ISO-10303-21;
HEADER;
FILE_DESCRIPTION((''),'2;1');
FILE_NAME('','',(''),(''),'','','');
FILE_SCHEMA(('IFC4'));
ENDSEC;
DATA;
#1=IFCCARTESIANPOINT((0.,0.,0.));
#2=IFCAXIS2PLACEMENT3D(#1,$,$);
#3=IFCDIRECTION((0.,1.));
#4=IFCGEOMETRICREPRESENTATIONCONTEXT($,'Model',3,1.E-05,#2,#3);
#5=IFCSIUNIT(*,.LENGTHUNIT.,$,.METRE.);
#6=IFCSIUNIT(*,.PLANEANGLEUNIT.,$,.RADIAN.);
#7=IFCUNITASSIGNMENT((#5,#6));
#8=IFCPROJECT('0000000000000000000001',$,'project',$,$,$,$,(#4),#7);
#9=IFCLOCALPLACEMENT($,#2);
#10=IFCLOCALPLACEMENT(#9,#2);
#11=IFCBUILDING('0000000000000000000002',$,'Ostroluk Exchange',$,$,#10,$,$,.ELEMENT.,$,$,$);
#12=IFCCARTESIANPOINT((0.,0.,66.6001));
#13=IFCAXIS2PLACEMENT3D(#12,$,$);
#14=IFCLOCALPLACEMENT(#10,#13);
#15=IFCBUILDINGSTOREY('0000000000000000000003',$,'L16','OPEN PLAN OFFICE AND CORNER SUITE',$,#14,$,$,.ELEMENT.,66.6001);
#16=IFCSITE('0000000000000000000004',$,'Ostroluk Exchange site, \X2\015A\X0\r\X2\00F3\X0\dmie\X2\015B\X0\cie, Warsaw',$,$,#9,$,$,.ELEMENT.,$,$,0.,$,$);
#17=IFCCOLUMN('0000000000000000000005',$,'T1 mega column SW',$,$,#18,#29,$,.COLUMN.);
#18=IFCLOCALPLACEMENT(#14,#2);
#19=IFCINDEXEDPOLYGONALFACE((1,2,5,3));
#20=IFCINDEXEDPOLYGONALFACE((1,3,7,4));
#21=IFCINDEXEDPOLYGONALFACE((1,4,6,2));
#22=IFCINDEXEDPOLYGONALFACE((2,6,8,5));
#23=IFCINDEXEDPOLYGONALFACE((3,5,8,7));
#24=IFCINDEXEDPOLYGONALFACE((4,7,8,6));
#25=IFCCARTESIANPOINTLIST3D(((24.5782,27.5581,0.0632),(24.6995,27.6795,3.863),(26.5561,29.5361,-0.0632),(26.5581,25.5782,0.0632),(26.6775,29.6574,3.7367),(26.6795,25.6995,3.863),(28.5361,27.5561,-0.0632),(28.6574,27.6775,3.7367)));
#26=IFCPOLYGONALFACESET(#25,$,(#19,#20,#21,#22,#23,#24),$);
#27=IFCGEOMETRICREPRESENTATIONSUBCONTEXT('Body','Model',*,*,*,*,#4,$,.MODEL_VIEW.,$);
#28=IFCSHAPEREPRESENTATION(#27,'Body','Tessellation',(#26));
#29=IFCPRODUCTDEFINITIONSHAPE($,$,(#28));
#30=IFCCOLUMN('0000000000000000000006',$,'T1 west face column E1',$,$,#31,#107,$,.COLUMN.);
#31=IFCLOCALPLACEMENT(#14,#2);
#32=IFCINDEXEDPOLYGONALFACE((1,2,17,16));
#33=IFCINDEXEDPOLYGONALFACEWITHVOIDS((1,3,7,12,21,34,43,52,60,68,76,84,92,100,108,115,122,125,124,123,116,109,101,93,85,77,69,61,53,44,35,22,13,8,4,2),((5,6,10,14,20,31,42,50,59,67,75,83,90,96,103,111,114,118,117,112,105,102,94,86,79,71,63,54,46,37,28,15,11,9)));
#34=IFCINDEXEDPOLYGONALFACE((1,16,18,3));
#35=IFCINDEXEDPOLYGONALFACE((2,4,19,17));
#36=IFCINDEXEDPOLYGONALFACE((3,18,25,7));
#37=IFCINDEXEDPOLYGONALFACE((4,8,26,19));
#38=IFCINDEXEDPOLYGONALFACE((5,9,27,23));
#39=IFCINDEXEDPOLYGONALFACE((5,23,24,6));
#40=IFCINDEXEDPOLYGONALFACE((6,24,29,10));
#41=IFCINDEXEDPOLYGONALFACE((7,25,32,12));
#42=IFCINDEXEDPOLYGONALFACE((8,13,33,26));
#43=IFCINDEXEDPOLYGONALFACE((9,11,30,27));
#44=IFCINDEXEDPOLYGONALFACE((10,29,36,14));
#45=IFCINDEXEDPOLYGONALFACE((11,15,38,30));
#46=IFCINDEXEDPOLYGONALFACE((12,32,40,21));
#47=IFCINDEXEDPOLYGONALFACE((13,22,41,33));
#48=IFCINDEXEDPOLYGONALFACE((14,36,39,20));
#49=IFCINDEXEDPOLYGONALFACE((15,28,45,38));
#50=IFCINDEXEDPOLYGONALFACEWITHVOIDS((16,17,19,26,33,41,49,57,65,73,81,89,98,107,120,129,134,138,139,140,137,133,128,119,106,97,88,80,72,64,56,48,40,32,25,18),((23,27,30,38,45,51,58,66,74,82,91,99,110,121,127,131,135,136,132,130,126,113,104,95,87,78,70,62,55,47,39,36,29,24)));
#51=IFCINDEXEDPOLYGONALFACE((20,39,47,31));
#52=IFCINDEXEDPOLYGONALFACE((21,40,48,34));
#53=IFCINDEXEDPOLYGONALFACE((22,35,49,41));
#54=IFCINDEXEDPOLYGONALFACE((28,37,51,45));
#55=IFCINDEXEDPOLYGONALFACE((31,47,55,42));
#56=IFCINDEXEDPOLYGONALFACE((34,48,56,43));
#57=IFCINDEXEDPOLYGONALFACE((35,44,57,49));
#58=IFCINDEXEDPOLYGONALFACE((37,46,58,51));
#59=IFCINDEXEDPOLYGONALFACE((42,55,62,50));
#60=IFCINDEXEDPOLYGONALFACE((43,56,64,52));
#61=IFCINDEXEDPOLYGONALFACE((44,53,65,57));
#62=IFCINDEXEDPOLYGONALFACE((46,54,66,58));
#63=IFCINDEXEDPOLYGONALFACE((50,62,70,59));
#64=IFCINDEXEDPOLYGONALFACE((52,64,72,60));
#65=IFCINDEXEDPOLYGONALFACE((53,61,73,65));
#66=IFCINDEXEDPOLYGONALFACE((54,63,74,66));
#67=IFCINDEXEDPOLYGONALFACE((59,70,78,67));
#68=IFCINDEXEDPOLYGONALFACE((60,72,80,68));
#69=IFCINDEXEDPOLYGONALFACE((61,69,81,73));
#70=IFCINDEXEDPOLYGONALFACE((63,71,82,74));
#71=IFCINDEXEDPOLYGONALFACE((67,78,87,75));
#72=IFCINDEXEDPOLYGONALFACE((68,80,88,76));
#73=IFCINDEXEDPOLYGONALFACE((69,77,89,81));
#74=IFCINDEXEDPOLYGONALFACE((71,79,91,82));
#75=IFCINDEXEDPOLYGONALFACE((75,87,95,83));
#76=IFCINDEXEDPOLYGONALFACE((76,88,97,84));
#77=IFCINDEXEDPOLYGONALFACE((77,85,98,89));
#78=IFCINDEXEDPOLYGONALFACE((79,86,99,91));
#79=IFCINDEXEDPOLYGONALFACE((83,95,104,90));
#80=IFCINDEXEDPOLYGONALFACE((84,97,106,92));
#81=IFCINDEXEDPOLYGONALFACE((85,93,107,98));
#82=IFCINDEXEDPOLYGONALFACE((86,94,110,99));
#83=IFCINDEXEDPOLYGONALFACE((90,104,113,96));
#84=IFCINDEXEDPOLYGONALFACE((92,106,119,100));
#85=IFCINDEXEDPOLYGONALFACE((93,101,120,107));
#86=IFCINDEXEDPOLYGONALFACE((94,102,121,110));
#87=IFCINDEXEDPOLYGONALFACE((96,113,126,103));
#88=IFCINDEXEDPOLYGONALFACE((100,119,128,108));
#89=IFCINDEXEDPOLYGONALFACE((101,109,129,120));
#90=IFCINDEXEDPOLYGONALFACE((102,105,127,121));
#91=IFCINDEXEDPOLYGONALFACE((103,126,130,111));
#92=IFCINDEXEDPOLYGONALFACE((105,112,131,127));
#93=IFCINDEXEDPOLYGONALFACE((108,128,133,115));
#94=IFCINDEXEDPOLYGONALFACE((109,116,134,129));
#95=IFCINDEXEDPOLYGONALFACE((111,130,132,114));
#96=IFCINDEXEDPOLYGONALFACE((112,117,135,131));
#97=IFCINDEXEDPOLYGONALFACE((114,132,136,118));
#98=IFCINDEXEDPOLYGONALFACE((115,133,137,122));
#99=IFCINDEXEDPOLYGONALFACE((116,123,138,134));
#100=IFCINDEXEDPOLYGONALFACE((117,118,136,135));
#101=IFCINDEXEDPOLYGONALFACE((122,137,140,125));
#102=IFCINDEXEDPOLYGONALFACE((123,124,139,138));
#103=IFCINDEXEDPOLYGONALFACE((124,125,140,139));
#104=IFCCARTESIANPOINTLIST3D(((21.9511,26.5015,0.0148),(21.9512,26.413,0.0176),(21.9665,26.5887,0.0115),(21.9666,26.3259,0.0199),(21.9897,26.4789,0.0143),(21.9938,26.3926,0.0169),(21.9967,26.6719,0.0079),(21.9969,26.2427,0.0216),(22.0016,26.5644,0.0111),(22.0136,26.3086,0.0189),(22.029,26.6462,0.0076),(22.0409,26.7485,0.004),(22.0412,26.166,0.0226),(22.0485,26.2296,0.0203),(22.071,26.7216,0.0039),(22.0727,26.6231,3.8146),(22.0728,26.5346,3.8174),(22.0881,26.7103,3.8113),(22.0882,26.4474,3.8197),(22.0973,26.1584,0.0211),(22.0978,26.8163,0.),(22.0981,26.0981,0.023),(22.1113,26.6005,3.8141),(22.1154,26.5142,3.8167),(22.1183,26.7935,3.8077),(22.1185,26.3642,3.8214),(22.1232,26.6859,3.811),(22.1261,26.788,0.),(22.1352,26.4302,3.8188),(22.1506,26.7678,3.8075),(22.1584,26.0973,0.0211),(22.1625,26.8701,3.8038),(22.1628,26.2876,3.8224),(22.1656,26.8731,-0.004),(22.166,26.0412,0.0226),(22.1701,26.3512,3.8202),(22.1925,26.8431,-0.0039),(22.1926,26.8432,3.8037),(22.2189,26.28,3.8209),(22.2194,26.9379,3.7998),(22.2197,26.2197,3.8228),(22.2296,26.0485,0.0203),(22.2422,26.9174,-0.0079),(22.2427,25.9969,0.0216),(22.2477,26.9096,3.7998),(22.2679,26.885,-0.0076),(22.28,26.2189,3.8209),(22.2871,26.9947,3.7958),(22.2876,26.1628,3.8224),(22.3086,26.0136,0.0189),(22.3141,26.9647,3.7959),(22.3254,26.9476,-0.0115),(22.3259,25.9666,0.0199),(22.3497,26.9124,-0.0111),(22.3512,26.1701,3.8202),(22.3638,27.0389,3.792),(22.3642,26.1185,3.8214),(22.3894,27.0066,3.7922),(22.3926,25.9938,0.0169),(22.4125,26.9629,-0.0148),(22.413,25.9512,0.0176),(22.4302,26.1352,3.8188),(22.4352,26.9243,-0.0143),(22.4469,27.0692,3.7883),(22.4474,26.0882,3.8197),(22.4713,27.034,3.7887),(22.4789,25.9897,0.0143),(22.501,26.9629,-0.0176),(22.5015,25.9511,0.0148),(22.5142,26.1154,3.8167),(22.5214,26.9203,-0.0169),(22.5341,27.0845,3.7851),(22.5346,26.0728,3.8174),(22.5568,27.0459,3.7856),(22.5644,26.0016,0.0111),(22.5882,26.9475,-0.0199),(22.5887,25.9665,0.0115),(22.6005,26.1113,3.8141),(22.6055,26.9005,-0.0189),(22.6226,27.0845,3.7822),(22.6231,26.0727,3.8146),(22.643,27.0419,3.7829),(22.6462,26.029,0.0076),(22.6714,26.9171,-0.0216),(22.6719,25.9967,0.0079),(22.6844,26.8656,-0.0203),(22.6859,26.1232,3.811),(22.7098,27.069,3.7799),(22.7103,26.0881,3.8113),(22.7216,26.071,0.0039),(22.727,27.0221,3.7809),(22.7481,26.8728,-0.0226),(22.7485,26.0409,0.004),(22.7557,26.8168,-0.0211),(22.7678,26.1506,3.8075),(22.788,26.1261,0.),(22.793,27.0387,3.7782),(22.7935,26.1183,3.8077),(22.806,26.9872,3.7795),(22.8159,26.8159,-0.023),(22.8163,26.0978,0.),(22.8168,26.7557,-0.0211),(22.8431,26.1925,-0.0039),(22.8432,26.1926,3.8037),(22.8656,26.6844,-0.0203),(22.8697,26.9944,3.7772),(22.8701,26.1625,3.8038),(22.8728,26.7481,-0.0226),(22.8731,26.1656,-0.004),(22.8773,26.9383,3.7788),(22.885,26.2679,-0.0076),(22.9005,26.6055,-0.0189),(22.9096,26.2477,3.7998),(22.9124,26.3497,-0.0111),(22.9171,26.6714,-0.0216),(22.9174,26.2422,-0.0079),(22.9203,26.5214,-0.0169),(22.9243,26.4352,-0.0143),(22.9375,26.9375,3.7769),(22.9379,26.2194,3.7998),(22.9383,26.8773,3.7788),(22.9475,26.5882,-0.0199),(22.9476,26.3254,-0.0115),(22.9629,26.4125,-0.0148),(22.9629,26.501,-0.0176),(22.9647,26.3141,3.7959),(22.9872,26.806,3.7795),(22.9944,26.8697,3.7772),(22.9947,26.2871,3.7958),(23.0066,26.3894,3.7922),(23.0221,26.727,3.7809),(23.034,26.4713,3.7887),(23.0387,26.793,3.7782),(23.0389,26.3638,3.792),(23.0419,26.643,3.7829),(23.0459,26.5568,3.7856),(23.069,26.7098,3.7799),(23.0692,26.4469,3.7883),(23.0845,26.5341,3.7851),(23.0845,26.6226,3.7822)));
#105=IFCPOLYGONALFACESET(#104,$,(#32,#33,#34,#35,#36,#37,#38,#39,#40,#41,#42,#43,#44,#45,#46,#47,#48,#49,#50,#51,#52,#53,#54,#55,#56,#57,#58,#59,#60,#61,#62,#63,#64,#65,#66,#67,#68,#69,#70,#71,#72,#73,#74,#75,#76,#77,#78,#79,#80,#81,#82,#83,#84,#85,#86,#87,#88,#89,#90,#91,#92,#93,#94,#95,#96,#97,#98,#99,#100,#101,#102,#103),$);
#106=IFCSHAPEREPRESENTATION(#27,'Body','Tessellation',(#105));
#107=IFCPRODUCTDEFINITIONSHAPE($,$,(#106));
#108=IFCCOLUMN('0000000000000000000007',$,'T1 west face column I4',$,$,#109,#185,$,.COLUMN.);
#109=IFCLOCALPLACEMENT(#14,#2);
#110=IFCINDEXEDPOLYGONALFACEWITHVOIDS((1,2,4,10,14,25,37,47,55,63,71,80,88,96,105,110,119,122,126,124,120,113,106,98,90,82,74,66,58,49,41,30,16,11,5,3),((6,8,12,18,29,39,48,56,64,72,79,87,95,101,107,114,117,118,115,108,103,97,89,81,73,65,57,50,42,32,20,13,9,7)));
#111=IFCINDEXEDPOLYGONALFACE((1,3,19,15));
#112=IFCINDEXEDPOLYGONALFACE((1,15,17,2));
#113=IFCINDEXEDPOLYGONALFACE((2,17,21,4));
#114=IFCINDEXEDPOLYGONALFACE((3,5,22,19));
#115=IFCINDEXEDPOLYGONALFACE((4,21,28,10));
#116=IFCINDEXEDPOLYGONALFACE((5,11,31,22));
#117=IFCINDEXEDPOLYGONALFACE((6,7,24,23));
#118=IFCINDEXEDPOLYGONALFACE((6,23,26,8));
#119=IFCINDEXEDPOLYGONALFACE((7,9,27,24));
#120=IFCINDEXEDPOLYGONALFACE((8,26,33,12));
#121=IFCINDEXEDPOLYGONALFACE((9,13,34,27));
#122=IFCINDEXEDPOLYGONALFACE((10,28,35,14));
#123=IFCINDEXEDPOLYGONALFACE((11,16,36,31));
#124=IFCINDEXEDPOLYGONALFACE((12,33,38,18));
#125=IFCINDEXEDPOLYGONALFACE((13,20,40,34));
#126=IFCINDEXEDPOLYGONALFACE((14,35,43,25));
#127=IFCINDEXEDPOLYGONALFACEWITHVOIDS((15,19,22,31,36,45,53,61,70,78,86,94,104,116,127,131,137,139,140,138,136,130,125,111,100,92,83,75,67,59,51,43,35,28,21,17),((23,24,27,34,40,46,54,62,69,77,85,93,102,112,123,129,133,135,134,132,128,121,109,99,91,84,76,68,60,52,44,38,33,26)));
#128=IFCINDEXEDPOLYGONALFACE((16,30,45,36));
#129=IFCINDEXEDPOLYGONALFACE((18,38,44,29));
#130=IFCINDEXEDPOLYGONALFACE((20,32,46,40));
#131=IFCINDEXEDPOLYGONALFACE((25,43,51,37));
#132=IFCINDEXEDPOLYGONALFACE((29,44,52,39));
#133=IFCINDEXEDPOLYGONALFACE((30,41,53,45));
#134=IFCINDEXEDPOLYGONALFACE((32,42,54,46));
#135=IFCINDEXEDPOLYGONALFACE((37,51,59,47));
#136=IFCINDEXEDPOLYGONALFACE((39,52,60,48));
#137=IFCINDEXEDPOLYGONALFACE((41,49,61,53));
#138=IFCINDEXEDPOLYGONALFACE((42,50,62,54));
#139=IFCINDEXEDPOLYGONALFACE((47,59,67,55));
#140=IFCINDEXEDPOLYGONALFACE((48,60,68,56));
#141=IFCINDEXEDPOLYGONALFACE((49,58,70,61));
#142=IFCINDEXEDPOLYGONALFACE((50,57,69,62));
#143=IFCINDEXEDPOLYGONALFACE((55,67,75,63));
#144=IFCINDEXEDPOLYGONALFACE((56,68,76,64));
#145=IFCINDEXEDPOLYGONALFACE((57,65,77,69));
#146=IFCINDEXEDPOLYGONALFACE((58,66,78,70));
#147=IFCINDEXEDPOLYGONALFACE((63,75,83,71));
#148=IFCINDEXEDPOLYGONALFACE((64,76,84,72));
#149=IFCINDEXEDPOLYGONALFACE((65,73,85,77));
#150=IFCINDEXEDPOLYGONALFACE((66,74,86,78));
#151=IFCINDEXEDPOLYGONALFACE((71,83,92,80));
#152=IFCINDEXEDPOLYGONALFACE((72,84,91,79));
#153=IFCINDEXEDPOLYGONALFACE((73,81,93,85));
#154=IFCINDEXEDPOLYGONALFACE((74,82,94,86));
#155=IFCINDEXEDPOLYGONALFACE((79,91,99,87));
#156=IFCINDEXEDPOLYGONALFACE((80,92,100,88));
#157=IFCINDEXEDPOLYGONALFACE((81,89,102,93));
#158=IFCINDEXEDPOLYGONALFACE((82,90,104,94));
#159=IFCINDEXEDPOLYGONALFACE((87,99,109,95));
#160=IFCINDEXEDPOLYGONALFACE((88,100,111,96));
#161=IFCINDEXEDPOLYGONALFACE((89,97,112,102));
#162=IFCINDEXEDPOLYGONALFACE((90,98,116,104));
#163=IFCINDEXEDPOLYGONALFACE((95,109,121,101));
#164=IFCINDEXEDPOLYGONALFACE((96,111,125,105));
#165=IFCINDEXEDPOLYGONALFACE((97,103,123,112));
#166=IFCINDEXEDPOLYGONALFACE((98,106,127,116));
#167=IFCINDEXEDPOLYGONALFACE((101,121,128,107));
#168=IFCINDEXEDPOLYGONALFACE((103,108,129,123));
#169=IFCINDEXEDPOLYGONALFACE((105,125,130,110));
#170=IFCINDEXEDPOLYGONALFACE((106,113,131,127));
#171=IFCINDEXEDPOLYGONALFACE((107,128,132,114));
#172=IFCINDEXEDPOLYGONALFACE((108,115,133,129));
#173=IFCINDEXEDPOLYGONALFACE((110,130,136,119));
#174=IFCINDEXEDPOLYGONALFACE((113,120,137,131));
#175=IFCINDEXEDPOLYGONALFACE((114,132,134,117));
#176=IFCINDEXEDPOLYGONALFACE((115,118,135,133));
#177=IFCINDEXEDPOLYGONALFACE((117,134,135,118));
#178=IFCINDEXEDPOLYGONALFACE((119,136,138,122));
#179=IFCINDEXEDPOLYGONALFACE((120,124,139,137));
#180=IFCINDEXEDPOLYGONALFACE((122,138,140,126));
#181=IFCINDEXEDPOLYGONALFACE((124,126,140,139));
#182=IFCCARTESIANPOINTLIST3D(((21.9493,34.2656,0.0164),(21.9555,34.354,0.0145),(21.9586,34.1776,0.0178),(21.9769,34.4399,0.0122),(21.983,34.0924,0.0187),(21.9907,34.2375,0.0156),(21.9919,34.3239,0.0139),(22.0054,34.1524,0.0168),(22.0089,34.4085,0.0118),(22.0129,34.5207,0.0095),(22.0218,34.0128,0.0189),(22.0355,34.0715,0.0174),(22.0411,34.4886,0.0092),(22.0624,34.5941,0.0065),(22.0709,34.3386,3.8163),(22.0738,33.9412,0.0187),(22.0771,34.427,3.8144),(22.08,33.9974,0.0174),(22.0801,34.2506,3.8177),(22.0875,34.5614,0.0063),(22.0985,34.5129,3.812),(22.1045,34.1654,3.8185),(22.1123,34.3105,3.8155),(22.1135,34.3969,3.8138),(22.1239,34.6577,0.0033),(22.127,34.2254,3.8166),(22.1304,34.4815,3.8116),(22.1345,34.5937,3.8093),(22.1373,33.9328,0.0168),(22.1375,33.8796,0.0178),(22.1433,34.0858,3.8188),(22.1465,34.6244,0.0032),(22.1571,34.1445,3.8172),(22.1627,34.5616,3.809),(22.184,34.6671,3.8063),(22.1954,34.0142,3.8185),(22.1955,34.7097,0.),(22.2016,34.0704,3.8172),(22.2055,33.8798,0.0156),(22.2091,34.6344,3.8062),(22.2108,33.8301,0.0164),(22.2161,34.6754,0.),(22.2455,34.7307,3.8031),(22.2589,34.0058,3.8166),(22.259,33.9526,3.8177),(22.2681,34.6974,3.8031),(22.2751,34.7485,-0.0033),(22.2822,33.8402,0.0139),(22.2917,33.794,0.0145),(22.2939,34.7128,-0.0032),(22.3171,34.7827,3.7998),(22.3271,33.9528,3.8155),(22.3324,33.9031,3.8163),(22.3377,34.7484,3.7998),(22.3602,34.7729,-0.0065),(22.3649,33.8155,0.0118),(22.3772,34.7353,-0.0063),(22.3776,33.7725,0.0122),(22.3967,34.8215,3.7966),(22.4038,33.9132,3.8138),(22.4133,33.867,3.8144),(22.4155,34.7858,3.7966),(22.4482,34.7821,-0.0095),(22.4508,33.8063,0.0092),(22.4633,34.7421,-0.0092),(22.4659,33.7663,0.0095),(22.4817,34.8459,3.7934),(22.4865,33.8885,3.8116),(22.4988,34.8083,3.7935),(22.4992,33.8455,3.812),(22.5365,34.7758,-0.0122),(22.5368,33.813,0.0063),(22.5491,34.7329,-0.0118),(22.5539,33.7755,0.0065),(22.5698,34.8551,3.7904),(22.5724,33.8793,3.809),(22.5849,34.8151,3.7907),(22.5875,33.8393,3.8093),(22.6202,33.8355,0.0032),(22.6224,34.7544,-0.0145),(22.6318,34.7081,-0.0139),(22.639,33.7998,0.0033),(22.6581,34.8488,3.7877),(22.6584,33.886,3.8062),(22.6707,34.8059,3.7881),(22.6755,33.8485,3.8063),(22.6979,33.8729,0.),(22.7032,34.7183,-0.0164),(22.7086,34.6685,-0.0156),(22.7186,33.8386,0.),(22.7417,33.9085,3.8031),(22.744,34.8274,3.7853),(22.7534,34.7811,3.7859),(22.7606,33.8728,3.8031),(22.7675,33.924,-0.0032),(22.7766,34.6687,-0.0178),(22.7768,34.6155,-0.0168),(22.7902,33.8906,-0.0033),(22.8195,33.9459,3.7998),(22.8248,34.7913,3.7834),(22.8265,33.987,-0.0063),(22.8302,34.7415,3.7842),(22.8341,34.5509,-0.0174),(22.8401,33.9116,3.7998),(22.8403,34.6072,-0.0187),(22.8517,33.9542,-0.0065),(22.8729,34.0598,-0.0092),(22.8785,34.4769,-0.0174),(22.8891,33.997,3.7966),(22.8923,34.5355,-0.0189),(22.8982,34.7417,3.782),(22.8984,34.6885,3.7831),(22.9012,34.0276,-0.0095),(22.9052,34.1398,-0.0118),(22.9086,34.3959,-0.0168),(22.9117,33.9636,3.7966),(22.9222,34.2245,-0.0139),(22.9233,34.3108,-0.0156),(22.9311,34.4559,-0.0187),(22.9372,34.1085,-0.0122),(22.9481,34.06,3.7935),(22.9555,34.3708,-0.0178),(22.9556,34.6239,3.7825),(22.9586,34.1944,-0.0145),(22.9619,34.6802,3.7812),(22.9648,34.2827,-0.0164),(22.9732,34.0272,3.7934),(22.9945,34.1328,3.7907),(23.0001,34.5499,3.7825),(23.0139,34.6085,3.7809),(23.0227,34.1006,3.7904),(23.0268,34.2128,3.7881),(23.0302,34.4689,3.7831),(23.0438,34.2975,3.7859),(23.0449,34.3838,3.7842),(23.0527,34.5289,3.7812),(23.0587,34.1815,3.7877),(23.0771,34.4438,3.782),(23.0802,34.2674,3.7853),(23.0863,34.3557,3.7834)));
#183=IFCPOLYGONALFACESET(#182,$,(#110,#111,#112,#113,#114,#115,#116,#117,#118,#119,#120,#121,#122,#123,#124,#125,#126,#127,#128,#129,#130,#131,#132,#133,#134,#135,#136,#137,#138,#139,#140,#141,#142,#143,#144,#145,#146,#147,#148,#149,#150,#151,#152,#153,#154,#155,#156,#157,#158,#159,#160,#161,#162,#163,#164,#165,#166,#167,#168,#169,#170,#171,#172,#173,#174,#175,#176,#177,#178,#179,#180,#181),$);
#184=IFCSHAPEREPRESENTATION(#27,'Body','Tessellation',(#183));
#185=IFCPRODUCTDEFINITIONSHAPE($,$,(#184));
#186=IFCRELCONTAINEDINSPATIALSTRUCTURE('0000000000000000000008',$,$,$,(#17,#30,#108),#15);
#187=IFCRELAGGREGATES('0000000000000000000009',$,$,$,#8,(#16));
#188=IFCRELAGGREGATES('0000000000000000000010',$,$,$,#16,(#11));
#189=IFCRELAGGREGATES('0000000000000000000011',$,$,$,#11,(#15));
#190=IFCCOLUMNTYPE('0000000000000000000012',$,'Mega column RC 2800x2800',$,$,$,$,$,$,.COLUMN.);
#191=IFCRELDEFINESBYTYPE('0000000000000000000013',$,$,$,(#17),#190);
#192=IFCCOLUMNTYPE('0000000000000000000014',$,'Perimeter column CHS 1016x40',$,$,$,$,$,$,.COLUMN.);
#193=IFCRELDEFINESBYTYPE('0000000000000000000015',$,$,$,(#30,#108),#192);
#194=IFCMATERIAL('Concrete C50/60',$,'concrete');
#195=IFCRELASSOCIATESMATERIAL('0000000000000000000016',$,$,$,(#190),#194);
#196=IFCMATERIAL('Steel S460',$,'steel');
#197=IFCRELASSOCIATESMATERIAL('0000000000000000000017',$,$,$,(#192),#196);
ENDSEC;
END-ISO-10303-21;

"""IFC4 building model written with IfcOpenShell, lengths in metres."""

from ifc_helpers import new_model, si_unit, direction, frame, origin, origin_2d, place, context, subcontext, project, spatial, rectangle, hollow_circle, extrude, material, material_profile, profile_set, type_object, element, save


model = new_model("IFC4")

# Units and contexts
model_context = context("Model", 3, precision=1e-05, world=origin(), true_north=direction((0.0, 1.0)))
body_context = subcontext(model_context, "Body", "Model", "MODEL_VIEW")
ifc_project = project(units=[si_unit("LENGTHUNIT", "METRE"), si_unit("PLANEANGLEUNIT", "RADIAN")], contexts=[model_context])

# Site, building, storey
site_placement = place(None, origin())
site = spatial("IfcSite", under=ifc_project, at=site_placement, Name="Ostroluk Exchange site, Śródmieście, Warsaw", CompositionType="ELEMENT", RefElevation=0.0)
building_placement = place(site_placement, origin())
building = spatial("IfcBuilding", under=site, at=building_placement, Name="Ostroluk Exchange", CompositionType="ELEMENT")
storey_placement = place(building_placement, frame((0.0, 0.0, 66.6001)))
storey = spatial("IfcBuildingStorey", under=building, at=storey_placement, Name="L16", Description="OPEN PLAN OFFICE AND CORNER SUITE", CompositionType="ELEMENT", Elevation=66.6001)

# Columns
ifc_material_1 = material(Name="Concrete C50/60", Category="concrete")
ifc_material_profile_1 = material_profile(ifc_material_1, rectangle(XDim=2.8, YDim=2.8, at=origin_2d()), Name="RC 2800x2800")
ifc_profile_set_1 = profile_set([ifc_material_profile_1], Name="Concrete C50/60")
column_type_1 = type_object("IfcColumnType", Name="Mega column RC 2800x2800", PredefinedType="COLUMN", material=ifc_profile_set_1)
column_1_placement = place(storey_placement, frame((26.5571, 27.5571, 0.0), z_axis=(0.0319, 0.0319, 0.998982), x_axis=(-0.707107, 0.707107, 0.0)))
element("IfcColumn", 1, at=column_1_placement, inside=storey, type_object=column_type_1, Name="T1 mega column SW", PredefinedType="COLUMN", context=body_context, shape_type="SweptSolid", body=[
    extrude(rectangle(XDim=2.8, YDim=2.8, at=origin_2d()), origin(), (0.0, 0.0, 1.0), 3.8037),
])
ifc_material_2 = material(Name="Steel S460", Category="steel")
ifc_material_profile_2 = material_profile(ifc_material_2, hollow_circle(Radius=0.5081, WallThickness=0.04, at=origin_2d()), Name="CHS 1016x40")
ifc_profile_set_2 = profile_set([ifc_material_profile_2], Name="Steel S460")
column_type_2 = type_object("IfcColumnType", Name="Perimeter column CHS 1016x40", PredefinedType="COLUMN", material=ifc_profile_set_2)
column_2_placement = place(storey_placement, frame((22.457, 26.457, 0.0), z_axis=(0.031964, 0.031964, 0.998978), x_axis=(-0.707107, 0.707107, 0.0)))
element("IfcColumn", 2, at=column_2_placement, inside=storey, type_object=column_type_2, Name="T1 west face column E1", PredefinedType="COLUMN", context=body_context, shape_type="SweptSolid", body=[
    extrude(hollow_circle(Radius=0.5081, WallThickness=0.04, at=origin_2d()), origin(), (0.0, 0.0, 1.0), 3.8037),
])
column_3_placement = place(storey_placement, frame((22.457, 34.2742, 0.0), z_axis=(0.031975, 0.019198, 0.999304), x_axis=(-0.514749, 0.857341, 0.0)))
element("IfcColumn", 3, at=column_3_placement, inside=storey, type_object=column_type_2, Name="T1 west face column I4", PredefinedType="COLUMN", context=body_context, shape_type="SweptSolid", body=[
    extrude(hollow_circle(Radius=0.5081, WallThickness=0.04, at=origin_2d()), origin(), (0.0, 0.0, 1.0), 3.8025),
])

save(model, "model.ifc")
